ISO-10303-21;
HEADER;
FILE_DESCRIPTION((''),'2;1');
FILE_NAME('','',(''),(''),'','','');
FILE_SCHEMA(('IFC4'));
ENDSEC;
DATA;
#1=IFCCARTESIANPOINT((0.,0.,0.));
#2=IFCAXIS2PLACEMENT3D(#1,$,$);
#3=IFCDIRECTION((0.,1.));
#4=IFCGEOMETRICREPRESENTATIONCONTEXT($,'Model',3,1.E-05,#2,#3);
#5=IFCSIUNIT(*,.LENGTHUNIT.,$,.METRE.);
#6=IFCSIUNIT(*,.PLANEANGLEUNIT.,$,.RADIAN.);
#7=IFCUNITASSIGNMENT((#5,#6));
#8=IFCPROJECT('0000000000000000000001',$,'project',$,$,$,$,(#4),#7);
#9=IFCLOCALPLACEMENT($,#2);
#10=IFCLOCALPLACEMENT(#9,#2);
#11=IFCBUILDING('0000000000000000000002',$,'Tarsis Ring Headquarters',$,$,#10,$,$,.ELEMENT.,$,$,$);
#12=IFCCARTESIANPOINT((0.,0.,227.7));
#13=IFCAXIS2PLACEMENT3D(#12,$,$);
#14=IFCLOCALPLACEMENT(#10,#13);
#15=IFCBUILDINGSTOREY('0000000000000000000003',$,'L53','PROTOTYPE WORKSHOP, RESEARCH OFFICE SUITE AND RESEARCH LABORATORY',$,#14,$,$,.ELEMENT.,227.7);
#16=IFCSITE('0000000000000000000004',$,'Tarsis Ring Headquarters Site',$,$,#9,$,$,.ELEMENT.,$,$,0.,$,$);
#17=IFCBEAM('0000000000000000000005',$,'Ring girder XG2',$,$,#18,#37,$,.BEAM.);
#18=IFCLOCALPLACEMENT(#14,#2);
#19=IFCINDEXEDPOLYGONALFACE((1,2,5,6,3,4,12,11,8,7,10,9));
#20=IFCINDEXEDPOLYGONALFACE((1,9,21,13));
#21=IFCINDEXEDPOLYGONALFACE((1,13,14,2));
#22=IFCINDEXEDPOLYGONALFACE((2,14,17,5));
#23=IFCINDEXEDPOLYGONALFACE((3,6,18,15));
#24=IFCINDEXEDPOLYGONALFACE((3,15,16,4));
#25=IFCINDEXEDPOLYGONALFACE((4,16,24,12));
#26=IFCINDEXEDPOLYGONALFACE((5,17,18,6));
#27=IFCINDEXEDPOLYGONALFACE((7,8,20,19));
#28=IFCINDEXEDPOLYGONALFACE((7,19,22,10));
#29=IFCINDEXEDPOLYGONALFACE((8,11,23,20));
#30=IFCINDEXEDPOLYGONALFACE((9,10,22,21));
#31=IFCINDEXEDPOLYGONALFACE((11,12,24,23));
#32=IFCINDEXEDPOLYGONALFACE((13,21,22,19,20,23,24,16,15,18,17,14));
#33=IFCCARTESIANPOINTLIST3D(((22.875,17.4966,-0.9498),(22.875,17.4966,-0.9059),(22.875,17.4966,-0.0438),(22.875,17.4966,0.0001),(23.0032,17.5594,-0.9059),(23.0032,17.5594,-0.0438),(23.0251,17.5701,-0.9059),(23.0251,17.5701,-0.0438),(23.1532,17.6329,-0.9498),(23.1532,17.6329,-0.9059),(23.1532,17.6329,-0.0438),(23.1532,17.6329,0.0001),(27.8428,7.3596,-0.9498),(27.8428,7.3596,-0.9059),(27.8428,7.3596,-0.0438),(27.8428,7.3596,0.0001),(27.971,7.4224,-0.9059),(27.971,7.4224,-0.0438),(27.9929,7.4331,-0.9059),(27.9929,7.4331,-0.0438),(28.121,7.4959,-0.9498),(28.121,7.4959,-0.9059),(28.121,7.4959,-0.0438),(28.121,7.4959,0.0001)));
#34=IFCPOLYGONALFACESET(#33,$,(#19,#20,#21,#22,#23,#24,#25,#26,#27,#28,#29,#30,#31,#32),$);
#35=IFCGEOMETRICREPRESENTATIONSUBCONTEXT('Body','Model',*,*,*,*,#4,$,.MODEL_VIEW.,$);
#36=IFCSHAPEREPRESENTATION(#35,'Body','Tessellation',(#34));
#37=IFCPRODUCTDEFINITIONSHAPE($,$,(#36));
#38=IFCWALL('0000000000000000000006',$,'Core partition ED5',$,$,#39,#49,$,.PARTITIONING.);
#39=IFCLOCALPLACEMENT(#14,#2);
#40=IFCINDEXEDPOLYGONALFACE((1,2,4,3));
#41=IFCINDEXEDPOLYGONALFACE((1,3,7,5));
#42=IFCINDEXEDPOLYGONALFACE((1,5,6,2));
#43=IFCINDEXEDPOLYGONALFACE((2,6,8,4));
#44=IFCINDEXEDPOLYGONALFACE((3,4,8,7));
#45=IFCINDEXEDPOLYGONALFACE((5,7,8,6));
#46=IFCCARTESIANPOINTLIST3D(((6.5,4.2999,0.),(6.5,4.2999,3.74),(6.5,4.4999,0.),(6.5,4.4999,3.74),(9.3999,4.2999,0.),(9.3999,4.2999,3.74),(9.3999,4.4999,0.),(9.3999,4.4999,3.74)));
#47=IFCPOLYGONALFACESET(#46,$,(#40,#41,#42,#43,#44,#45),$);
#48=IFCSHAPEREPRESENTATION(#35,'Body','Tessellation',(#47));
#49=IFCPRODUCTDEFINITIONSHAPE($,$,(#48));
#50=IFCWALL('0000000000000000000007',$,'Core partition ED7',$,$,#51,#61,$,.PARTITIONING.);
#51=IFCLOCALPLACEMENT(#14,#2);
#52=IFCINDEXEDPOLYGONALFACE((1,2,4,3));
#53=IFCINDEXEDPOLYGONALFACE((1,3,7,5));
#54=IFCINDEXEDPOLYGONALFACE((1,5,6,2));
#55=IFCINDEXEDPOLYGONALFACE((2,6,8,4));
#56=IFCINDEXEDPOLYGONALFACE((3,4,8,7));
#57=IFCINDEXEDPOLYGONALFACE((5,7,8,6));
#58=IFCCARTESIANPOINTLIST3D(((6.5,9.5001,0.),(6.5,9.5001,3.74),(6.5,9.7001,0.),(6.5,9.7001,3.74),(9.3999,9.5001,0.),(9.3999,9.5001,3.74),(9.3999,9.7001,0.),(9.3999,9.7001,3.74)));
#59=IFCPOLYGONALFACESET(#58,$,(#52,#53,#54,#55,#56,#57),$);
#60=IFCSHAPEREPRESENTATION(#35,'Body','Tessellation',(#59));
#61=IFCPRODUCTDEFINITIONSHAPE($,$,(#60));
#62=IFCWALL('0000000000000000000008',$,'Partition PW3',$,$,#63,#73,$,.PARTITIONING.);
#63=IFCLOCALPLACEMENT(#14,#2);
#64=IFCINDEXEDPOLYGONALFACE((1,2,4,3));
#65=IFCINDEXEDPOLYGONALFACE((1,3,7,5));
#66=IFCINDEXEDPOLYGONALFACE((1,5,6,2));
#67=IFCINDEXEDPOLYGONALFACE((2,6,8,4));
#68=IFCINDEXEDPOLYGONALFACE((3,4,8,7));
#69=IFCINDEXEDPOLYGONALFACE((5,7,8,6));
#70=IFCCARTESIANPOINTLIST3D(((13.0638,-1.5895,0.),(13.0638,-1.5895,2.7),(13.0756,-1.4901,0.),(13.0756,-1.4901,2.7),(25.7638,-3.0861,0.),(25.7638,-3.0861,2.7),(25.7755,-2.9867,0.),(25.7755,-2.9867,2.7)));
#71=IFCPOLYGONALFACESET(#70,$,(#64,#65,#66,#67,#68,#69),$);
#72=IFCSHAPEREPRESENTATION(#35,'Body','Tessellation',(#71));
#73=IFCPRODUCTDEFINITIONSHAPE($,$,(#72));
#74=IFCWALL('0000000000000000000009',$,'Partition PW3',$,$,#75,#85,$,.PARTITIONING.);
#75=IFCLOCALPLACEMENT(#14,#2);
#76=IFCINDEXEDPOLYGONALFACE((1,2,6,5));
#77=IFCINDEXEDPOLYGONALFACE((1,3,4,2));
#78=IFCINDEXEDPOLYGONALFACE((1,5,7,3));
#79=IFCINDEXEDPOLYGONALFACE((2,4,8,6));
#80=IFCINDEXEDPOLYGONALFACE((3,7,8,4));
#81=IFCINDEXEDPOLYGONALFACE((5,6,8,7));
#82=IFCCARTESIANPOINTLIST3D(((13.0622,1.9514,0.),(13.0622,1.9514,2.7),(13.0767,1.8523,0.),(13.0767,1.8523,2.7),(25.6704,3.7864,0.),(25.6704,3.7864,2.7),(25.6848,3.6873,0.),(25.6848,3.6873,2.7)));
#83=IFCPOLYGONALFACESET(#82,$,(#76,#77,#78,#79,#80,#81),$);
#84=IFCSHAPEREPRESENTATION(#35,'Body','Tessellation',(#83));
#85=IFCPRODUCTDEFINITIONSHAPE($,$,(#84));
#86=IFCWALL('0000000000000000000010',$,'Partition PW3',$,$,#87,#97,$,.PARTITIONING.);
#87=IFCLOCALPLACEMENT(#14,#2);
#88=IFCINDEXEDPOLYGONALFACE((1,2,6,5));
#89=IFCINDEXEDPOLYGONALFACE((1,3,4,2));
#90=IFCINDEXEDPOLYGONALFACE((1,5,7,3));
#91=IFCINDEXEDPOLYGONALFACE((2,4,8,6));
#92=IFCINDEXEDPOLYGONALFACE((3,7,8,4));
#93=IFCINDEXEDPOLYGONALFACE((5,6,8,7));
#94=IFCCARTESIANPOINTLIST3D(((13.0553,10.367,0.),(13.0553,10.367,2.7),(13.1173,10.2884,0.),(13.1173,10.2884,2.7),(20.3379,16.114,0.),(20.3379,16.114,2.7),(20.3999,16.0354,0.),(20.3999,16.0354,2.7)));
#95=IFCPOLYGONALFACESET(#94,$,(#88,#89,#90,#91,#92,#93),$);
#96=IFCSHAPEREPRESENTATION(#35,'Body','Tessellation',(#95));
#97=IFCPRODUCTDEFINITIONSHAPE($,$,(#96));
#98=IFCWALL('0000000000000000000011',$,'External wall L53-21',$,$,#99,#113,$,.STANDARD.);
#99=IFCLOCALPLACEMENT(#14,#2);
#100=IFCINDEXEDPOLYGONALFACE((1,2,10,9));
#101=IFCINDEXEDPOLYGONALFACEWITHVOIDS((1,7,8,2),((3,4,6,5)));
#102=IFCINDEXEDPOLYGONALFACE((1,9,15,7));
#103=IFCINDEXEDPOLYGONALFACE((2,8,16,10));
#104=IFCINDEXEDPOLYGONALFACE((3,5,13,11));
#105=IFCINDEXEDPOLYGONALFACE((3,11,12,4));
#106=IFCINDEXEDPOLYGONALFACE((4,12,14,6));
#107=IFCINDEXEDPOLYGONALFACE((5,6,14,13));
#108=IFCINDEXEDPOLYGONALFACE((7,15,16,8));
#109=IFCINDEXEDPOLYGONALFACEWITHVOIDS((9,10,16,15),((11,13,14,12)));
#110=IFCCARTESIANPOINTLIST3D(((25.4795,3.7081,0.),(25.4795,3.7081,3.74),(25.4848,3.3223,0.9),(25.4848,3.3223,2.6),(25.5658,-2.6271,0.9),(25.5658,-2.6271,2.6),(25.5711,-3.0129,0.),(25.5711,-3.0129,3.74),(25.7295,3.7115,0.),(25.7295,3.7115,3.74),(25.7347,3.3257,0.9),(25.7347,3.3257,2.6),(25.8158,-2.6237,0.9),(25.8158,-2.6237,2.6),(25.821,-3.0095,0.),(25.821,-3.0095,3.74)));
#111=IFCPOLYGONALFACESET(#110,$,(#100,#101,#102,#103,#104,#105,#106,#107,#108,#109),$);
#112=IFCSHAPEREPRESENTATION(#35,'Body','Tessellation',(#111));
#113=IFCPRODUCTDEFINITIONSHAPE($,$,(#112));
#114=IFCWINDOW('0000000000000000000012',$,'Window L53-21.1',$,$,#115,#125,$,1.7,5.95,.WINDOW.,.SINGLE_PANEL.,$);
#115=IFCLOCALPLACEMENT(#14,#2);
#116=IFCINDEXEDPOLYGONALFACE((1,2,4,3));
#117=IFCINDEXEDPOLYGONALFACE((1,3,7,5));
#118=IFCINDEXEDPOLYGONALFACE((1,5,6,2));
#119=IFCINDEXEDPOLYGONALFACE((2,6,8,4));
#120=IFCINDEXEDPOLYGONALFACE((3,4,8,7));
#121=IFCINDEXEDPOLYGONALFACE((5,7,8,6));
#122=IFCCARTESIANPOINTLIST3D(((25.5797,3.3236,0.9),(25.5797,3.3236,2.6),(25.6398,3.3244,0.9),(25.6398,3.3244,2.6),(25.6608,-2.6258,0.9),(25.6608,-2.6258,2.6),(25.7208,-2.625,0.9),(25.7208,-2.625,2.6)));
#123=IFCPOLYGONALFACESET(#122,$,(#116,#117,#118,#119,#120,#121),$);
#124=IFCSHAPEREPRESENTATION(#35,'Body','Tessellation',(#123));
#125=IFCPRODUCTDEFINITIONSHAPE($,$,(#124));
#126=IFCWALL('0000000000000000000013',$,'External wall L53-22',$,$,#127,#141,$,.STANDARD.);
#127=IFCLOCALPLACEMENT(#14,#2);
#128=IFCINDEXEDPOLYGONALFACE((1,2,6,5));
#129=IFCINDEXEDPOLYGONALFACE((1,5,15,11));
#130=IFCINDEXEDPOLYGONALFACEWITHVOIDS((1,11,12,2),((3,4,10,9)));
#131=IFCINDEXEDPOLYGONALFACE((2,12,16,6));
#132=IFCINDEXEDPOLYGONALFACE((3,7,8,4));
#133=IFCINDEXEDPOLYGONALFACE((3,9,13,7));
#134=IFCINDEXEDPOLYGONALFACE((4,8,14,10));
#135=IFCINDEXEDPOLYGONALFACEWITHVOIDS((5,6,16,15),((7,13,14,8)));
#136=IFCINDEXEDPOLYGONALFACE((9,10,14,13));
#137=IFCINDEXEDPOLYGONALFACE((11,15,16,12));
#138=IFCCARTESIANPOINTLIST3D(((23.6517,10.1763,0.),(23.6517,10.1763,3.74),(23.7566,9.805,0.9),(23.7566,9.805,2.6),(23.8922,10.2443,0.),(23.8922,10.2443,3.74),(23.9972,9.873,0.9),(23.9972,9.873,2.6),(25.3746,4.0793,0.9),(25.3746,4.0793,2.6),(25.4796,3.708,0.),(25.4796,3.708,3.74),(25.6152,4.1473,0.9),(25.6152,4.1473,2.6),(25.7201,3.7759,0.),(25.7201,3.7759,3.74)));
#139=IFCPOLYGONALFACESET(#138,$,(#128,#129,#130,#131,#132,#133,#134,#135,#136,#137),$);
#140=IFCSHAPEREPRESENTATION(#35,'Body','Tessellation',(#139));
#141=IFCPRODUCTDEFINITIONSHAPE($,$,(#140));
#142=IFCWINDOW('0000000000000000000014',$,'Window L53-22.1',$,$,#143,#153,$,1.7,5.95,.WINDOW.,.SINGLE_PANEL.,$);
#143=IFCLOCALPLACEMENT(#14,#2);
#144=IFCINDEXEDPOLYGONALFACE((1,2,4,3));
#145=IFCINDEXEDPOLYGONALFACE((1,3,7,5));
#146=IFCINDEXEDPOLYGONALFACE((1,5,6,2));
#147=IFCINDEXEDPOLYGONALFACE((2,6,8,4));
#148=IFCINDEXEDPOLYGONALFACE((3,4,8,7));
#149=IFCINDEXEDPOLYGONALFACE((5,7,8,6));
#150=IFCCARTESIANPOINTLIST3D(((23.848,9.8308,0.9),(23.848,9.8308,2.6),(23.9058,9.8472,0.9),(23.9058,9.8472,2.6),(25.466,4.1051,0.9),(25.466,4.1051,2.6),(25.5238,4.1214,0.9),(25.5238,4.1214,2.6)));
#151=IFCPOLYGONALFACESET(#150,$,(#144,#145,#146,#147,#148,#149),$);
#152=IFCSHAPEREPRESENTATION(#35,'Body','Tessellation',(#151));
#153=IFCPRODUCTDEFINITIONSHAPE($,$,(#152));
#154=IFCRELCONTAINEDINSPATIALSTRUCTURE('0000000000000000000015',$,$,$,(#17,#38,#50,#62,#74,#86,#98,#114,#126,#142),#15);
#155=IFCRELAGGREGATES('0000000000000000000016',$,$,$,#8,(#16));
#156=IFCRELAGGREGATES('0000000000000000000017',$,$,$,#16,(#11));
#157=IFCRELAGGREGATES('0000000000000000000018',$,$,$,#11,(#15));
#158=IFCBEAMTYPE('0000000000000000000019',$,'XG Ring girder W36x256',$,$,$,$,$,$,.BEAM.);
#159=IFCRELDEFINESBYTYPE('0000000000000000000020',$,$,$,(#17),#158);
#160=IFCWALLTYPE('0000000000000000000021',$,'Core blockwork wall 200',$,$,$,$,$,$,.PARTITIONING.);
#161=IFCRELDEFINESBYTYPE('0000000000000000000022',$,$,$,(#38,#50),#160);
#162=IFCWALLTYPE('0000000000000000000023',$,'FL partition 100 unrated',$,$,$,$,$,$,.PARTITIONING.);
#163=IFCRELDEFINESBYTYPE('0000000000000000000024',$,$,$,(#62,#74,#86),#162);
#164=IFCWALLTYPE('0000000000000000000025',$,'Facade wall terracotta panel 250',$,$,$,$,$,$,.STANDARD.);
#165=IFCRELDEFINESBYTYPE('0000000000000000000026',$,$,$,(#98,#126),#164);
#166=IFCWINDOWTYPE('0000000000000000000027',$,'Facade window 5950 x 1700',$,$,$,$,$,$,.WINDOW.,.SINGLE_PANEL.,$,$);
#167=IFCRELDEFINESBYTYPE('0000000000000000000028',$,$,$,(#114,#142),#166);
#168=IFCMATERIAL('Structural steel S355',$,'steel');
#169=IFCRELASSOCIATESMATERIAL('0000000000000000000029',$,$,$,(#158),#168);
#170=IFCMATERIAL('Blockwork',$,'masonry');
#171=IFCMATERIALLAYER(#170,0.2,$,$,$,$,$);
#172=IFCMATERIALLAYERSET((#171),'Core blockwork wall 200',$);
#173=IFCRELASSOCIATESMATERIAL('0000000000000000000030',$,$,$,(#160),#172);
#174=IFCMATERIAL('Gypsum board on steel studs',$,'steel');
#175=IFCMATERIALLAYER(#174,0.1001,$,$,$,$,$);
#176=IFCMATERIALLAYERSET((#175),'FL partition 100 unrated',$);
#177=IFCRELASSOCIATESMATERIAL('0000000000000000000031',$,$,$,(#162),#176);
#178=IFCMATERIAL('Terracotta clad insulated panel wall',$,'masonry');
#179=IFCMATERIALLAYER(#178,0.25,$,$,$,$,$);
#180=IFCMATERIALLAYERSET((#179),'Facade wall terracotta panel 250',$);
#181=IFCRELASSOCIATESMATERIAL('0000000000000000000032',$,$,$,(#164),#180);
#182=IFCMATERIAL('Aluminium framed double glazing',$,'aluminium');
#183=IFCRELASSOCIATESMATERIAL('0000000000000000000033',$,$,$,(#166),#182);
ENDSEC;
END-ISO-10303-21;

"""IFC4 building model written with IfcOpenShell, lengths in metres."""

from ifc_helpers import new_model, si_unit, direction, frame, frame_2d, origin, origin_2d, place, context, subcontext, project, spatial, rectangle, i_section, extrude, material, layer, layer_set, material_profile, profile_set, type_object, element, fill, save


model = new_model("IFC4")

# Units and contexts
model_context = context("Model", 3, precision=1e-05, world=origin(), true_north=direction((0.0, 1.0)))
body_context = subcontext(model_context, "Body", "Model", "MODEL_VIEW")
ifc_project = project(units=[si_unit("LENGTHUNIT", "METRE"), si_unit("PLANEANGLEUNIT", "RADIAN")], contexts=[model_context])

# Site, building, storey
site_placement = place(None, origin())
site = spatial("IfcSite", under=ifc_project, at=site_placement, Name="Tarsis Ring Headquarters Site", CompositionType="ELEMENT", RefElevation=0.0)
building_placement = place(site_placement, origin())
building = spatial("IfcBuilding", under=site, at=building_placement, Name="Tarsis Ring Headquarters", CompositionType="ELEMENT")
storey_placement = place(building_placement, frame((0.0, 0.0, 227.7)))
storey = spatial("IfcBuildingStorey", under=building, at=storey_placement, Name="L53", Description="PROTOTYPE WORKSHOP, RESEARCH OFFICE SUITE AND RESEARCH LABORATORY", CompositionType="ELEMENT", Elevation=227.7)

# Shared definitions
ifc_material_1 = material(Name="Structural steel S355", Category="steel")

# Beam
ifc_material_profile_1 = material_profile(ifc_material_1, i_section(OverallWidth=0.3098, OverallDepth=0.95, WebThickness=0.0244, FlangeThickness=0.0439, at=origin_2d()), Name="W36x256")
ifc_profile_set_1 = profile_set([ifc_material_profile_1], Name="Structural steel S355")
beam_type_1 = type_object("IfcBeamType", Name="XG Ring girder W36x256", PredefinedType="BEAM", material=ifc_profile_set_1)
beam_1_placement = place(storey_placement, frame((27.9819, 7.4277, -0.4749), z_axis=(-0.440063, 0.897967, 0.0), x_axis=(-0.897967, -0.440063, 0.0)))
element("IfcBeam", 1, at=beam_1_placement, inside=storey, type_object=beam_type_1, Name="Ring girder XG2", PredefinedType="BEAM", context=body_context, shape_type="SweptSolid", body=[
    extrude(i_section(OverallWidth=0.3098, OverallDepth=0.95, WebThickness=0.0244, FlangeThickness=0.0439, at=origin_2d()), origin(), (0.0, 0.0, 1.0), 11.2888),
])

# Walls
ifc_material_2 = material(Name="Blockwork", Category="masonry")
ifc_layer_1 = layer(ifc_material_2, 0.2)
ifc_layer_set_1 = layer_set([ifc_layer_1], Name="Core blockwork wall 200")
wall_type_1 = type_object("IfcWallType", Name="Core blockwork wall 200", PredefinedType="PARTITIONING", material=ifc_layer_set_1)
for number, where, z_axis, x_axis, name in (
    (2, (6.5, 4.3999, 0.0), (0.0, 0.0, 1.0), (1.0, 0.0, 0.0), "Core partition ED5"),
    (3, (6.5, 9.6001, 0.0), (0.0, 0.0, 1.0), (1.0, 0.0, 0.0), "Core partition ED7"),
):
    element("IfcWall", number, at=place(storey_placement, frame(where, z_axis=z_axis, x_axis=x_axis)), inside=storey, type_object=wall_type_1, Name=name, PredefinedType="PARTITIONING", context=body_context, shape_type="SweptSolid", body=[
        extrude(rectangle(XDim=2.8999, YDim=0.2, at=frame_2d((1.45, 0.0))), origin(), (0.0, 0.0, 1.0), 3.74),
    ])
ifc_material_3 = material(Name="Gypsum board on steel studs", Category="steel")
ifc_layer_2 = layer(ifc_material_3, 0.1001)
ifc_layer_set_2 = layer_set([ifc_layer_2], Name="FL partition 100 unrated")
wall_type_2 = type_object("IfcWallType", Name="FL partition 100 unrated", PredefinedType="PARTITIONING", material=ifc_layer_set_2)
wall_1_placement = place(storey_placement, frame((13.0696, -1.5398, 0.0), z_axis=(0.0, 0.0, 1.0), x_axis=(0.993128, -0.117032, 0.0)))
element("IfcWall", 4, at=wall_1_placement, inside=storey, type_object=wall_type_2, Name="Partition PW3", PredefinedType="PARTITIONING", context=body_context, shape_type="SweptSolid", body=[
    extrude(rectangle(XDim=12.7878, YDim=0.1001, at=frame_2d((6.394, 0.0))), origin(), (0.0, 0.0, 1.0), 2.7),
])
wall_2_placement = place(storey_placement, frame((13.0693, 1.9019, 0.0), z_axis=(0.0, 0.0, 1.0), x_axis=(0.989575, 0.14402, 0.0)))
element("IfcWall", 5, at=wall_2_placement, inside=storey, type_object=wall_type_2, Name="Partition PW3", PredefinedType="PARTITIONING", context=body_context, shape_type="SweptSolid", body=[
    extrude(rectangle(XDim=12.741, YDim=0.1001, at=frame_2d((6.3706, 0.0))), origin(), (0.0, 0.0, 1.0), 2.7),
])
wall_3_placement = place(storey_placement, frame((13.0862, 10.3276, 0.0), z_axis=(0.0, 0.0, 1.0), x_axis=(0.785011, 0.619482, 0.0)))
element("IfcWall", 6, at=wall_3_placement, inside=storey, type_object=wall_type_2, Name="Partition PW3", PredefinedType="PARTITIONING", context=body_context, shape_type="SweptSolid", body=[
    extrude(rectangle(XDim=9.2771, YDim=0.1001, at=frame_2d((4.6387, 0.0))), origin(), (0.0, 0.0, 1.0), 2.7),
])

# Walls, openings, windows
ifc_material_4 = material(Name="Terracotta clad insulated panel wall", Category="masonry")
ifc_layer_3 = layer(ifc_material_4, 0.25)
ifc_layer_set_3 = layer_set([ifc_layer_3], Name="Facade wall terracotta panel 250")
wall_type_3 = type_object("IfcWallType", Name="Facade wall terracotta panel 250", PredefinedType="STANDARD", material=ifc_layer_set_3)
wall_4_placement = place(storey_placement, frame((25.696, -3.0112, 0.0), z_axis=(0.0, 0.0, 1.0), x_axis=(-0.013621, 0.999907, 0.0)))
wall_4 = element("IfcWall", 7, at=wall_4_placement, inside=storey, type_object=wall_type_3, Name="External wall L53-21", PredefinedType="STANDARD", context=body_context, shape_type="SweptSolid", body=[
    extrude(rectangle(XDim=6.7217, YDim=0.25, at=frame_2d((3.3608, 0.0))), origin(), (0.0, 0.0, 1.0), 3.74),
])
opening_1_placement = place(wall_4_placement, frame((0.3857, 0.0, 0.8999)))
opening_1 = element("IfcOpeningElement", 8, at=opening_1_placement, cuts=wall_4, PredefinedType="OPENING", context=body_context, shape_type="SweptSolid", body=[
    extrude(rectangle(XDim=5.95, YDim=1.7, at=frame_2d((2.9751, 0.8501))), frame((0.0, 0.135, 0.0), z_axis=(0.0, -1.0, 0.0), x_axis=(1.0, 0.0, 0.0)), (0.0, 0.0, 1.0), 0.27),
])
ifc_material_5 = material(Name="Aluminium framed double glazing", Category="aluminium")
window_type = type_object("IfcWindowType", Name="Facade window 5950 x 1700", PartitioningType="SINGLE_PANEL", PredefinedType="WINDOW", material=ifc_material_5)
window_1_placement = place(opening_1_placement, origin())
window_1 = element("IfcWindow", 9, at=window_1_placement, inside=storey, type_object=window_type, Name="Window L53-21.1", OverallHeight=1.7, OverallWidth=5.95, PartitioningType="SINGLE_PANEL", PredefinedType="WINDOW", context=body_context, shape_type="SweptSolid", body=[
    extrude(rectangle(XDim=5.95, YDim=1.7, at=frame_2d((2.9751, 0.8501))), frame((0.0, 0.03, 0.0), z_axis=(0.0, -1.0, 0.0), x_axis=(1.0, 0.0, 0.0)), (0.0, 0.0, 1.0), 0.0601),
])
fill(opening_1, window_1)
wall_5_placement = place(storey_placement, frame((25.5999, 3.7419, 0.0), z_axis=(0.0, 0.0, 1.0), x_axis=(-0.271942, 0.962314, 0.0)))
wall_5 = element("IfcWall", 10, at=wall_5_placement, inside=storey, type_object=wall_type_3, Name="External wall L53-22", PredefinedType="STANDARD", context=body_context, shape_type="SweptSolid", body=[
    extrude(rectangle(XDim=6.7217, YDim=0.25, at=frame_2d((3.3608, 0.0))), origin(), (0.0, 0.0, 1.0), 3.74),
])
opening_2_placement = place(wall_5_placement, frame((0.3857, 0.0, 0.8999)))
opening_2 = element("IfcOpeningElement", 11, at=opening_2_placement, cuts=wall_5, PredefinedType="OPENING", context=body_context, shape_type="SweptSolid", body=[
    extrude(rectangle(XDim=5.95, YDim=1.7, at=frame_2d((2.9751, 0.8501))), frame((0.0, 0.135, 0.0), z_axis=(0.0, -1.0, 0.0), x_axis=(1.0, 0.0, 0.0)), (0.0, 0.0, 1.0), 0.27),
])
window_2_placement = place(opening_2_placement, origin())
window_2 = element("IfcWindow", 12, at=window_2_placement, inside=storey, type_object=window_type, Name="Window L53-22.1", OverallHeight=1.7, OverallWidth=5.95, PartitioningType="SINGLE_PANEL", PredefinedType="WINDOW", context=body_context, shape_type="SweptSolid", body=[
    extrude(rectangle(XDim=5.95, YDim=1.7, at=frame_2d((2.9751, 0.8501))), frame((0.0, 0.03, 0.0), z_axis=(0.0, -1.0, 0.0), x_axis=(1.0, 0.0, 0.0)), (0.0, 0.0, 1.0), 0.0601),
])
fill(opening_2, window_2)

save(model, "model.ifc")
